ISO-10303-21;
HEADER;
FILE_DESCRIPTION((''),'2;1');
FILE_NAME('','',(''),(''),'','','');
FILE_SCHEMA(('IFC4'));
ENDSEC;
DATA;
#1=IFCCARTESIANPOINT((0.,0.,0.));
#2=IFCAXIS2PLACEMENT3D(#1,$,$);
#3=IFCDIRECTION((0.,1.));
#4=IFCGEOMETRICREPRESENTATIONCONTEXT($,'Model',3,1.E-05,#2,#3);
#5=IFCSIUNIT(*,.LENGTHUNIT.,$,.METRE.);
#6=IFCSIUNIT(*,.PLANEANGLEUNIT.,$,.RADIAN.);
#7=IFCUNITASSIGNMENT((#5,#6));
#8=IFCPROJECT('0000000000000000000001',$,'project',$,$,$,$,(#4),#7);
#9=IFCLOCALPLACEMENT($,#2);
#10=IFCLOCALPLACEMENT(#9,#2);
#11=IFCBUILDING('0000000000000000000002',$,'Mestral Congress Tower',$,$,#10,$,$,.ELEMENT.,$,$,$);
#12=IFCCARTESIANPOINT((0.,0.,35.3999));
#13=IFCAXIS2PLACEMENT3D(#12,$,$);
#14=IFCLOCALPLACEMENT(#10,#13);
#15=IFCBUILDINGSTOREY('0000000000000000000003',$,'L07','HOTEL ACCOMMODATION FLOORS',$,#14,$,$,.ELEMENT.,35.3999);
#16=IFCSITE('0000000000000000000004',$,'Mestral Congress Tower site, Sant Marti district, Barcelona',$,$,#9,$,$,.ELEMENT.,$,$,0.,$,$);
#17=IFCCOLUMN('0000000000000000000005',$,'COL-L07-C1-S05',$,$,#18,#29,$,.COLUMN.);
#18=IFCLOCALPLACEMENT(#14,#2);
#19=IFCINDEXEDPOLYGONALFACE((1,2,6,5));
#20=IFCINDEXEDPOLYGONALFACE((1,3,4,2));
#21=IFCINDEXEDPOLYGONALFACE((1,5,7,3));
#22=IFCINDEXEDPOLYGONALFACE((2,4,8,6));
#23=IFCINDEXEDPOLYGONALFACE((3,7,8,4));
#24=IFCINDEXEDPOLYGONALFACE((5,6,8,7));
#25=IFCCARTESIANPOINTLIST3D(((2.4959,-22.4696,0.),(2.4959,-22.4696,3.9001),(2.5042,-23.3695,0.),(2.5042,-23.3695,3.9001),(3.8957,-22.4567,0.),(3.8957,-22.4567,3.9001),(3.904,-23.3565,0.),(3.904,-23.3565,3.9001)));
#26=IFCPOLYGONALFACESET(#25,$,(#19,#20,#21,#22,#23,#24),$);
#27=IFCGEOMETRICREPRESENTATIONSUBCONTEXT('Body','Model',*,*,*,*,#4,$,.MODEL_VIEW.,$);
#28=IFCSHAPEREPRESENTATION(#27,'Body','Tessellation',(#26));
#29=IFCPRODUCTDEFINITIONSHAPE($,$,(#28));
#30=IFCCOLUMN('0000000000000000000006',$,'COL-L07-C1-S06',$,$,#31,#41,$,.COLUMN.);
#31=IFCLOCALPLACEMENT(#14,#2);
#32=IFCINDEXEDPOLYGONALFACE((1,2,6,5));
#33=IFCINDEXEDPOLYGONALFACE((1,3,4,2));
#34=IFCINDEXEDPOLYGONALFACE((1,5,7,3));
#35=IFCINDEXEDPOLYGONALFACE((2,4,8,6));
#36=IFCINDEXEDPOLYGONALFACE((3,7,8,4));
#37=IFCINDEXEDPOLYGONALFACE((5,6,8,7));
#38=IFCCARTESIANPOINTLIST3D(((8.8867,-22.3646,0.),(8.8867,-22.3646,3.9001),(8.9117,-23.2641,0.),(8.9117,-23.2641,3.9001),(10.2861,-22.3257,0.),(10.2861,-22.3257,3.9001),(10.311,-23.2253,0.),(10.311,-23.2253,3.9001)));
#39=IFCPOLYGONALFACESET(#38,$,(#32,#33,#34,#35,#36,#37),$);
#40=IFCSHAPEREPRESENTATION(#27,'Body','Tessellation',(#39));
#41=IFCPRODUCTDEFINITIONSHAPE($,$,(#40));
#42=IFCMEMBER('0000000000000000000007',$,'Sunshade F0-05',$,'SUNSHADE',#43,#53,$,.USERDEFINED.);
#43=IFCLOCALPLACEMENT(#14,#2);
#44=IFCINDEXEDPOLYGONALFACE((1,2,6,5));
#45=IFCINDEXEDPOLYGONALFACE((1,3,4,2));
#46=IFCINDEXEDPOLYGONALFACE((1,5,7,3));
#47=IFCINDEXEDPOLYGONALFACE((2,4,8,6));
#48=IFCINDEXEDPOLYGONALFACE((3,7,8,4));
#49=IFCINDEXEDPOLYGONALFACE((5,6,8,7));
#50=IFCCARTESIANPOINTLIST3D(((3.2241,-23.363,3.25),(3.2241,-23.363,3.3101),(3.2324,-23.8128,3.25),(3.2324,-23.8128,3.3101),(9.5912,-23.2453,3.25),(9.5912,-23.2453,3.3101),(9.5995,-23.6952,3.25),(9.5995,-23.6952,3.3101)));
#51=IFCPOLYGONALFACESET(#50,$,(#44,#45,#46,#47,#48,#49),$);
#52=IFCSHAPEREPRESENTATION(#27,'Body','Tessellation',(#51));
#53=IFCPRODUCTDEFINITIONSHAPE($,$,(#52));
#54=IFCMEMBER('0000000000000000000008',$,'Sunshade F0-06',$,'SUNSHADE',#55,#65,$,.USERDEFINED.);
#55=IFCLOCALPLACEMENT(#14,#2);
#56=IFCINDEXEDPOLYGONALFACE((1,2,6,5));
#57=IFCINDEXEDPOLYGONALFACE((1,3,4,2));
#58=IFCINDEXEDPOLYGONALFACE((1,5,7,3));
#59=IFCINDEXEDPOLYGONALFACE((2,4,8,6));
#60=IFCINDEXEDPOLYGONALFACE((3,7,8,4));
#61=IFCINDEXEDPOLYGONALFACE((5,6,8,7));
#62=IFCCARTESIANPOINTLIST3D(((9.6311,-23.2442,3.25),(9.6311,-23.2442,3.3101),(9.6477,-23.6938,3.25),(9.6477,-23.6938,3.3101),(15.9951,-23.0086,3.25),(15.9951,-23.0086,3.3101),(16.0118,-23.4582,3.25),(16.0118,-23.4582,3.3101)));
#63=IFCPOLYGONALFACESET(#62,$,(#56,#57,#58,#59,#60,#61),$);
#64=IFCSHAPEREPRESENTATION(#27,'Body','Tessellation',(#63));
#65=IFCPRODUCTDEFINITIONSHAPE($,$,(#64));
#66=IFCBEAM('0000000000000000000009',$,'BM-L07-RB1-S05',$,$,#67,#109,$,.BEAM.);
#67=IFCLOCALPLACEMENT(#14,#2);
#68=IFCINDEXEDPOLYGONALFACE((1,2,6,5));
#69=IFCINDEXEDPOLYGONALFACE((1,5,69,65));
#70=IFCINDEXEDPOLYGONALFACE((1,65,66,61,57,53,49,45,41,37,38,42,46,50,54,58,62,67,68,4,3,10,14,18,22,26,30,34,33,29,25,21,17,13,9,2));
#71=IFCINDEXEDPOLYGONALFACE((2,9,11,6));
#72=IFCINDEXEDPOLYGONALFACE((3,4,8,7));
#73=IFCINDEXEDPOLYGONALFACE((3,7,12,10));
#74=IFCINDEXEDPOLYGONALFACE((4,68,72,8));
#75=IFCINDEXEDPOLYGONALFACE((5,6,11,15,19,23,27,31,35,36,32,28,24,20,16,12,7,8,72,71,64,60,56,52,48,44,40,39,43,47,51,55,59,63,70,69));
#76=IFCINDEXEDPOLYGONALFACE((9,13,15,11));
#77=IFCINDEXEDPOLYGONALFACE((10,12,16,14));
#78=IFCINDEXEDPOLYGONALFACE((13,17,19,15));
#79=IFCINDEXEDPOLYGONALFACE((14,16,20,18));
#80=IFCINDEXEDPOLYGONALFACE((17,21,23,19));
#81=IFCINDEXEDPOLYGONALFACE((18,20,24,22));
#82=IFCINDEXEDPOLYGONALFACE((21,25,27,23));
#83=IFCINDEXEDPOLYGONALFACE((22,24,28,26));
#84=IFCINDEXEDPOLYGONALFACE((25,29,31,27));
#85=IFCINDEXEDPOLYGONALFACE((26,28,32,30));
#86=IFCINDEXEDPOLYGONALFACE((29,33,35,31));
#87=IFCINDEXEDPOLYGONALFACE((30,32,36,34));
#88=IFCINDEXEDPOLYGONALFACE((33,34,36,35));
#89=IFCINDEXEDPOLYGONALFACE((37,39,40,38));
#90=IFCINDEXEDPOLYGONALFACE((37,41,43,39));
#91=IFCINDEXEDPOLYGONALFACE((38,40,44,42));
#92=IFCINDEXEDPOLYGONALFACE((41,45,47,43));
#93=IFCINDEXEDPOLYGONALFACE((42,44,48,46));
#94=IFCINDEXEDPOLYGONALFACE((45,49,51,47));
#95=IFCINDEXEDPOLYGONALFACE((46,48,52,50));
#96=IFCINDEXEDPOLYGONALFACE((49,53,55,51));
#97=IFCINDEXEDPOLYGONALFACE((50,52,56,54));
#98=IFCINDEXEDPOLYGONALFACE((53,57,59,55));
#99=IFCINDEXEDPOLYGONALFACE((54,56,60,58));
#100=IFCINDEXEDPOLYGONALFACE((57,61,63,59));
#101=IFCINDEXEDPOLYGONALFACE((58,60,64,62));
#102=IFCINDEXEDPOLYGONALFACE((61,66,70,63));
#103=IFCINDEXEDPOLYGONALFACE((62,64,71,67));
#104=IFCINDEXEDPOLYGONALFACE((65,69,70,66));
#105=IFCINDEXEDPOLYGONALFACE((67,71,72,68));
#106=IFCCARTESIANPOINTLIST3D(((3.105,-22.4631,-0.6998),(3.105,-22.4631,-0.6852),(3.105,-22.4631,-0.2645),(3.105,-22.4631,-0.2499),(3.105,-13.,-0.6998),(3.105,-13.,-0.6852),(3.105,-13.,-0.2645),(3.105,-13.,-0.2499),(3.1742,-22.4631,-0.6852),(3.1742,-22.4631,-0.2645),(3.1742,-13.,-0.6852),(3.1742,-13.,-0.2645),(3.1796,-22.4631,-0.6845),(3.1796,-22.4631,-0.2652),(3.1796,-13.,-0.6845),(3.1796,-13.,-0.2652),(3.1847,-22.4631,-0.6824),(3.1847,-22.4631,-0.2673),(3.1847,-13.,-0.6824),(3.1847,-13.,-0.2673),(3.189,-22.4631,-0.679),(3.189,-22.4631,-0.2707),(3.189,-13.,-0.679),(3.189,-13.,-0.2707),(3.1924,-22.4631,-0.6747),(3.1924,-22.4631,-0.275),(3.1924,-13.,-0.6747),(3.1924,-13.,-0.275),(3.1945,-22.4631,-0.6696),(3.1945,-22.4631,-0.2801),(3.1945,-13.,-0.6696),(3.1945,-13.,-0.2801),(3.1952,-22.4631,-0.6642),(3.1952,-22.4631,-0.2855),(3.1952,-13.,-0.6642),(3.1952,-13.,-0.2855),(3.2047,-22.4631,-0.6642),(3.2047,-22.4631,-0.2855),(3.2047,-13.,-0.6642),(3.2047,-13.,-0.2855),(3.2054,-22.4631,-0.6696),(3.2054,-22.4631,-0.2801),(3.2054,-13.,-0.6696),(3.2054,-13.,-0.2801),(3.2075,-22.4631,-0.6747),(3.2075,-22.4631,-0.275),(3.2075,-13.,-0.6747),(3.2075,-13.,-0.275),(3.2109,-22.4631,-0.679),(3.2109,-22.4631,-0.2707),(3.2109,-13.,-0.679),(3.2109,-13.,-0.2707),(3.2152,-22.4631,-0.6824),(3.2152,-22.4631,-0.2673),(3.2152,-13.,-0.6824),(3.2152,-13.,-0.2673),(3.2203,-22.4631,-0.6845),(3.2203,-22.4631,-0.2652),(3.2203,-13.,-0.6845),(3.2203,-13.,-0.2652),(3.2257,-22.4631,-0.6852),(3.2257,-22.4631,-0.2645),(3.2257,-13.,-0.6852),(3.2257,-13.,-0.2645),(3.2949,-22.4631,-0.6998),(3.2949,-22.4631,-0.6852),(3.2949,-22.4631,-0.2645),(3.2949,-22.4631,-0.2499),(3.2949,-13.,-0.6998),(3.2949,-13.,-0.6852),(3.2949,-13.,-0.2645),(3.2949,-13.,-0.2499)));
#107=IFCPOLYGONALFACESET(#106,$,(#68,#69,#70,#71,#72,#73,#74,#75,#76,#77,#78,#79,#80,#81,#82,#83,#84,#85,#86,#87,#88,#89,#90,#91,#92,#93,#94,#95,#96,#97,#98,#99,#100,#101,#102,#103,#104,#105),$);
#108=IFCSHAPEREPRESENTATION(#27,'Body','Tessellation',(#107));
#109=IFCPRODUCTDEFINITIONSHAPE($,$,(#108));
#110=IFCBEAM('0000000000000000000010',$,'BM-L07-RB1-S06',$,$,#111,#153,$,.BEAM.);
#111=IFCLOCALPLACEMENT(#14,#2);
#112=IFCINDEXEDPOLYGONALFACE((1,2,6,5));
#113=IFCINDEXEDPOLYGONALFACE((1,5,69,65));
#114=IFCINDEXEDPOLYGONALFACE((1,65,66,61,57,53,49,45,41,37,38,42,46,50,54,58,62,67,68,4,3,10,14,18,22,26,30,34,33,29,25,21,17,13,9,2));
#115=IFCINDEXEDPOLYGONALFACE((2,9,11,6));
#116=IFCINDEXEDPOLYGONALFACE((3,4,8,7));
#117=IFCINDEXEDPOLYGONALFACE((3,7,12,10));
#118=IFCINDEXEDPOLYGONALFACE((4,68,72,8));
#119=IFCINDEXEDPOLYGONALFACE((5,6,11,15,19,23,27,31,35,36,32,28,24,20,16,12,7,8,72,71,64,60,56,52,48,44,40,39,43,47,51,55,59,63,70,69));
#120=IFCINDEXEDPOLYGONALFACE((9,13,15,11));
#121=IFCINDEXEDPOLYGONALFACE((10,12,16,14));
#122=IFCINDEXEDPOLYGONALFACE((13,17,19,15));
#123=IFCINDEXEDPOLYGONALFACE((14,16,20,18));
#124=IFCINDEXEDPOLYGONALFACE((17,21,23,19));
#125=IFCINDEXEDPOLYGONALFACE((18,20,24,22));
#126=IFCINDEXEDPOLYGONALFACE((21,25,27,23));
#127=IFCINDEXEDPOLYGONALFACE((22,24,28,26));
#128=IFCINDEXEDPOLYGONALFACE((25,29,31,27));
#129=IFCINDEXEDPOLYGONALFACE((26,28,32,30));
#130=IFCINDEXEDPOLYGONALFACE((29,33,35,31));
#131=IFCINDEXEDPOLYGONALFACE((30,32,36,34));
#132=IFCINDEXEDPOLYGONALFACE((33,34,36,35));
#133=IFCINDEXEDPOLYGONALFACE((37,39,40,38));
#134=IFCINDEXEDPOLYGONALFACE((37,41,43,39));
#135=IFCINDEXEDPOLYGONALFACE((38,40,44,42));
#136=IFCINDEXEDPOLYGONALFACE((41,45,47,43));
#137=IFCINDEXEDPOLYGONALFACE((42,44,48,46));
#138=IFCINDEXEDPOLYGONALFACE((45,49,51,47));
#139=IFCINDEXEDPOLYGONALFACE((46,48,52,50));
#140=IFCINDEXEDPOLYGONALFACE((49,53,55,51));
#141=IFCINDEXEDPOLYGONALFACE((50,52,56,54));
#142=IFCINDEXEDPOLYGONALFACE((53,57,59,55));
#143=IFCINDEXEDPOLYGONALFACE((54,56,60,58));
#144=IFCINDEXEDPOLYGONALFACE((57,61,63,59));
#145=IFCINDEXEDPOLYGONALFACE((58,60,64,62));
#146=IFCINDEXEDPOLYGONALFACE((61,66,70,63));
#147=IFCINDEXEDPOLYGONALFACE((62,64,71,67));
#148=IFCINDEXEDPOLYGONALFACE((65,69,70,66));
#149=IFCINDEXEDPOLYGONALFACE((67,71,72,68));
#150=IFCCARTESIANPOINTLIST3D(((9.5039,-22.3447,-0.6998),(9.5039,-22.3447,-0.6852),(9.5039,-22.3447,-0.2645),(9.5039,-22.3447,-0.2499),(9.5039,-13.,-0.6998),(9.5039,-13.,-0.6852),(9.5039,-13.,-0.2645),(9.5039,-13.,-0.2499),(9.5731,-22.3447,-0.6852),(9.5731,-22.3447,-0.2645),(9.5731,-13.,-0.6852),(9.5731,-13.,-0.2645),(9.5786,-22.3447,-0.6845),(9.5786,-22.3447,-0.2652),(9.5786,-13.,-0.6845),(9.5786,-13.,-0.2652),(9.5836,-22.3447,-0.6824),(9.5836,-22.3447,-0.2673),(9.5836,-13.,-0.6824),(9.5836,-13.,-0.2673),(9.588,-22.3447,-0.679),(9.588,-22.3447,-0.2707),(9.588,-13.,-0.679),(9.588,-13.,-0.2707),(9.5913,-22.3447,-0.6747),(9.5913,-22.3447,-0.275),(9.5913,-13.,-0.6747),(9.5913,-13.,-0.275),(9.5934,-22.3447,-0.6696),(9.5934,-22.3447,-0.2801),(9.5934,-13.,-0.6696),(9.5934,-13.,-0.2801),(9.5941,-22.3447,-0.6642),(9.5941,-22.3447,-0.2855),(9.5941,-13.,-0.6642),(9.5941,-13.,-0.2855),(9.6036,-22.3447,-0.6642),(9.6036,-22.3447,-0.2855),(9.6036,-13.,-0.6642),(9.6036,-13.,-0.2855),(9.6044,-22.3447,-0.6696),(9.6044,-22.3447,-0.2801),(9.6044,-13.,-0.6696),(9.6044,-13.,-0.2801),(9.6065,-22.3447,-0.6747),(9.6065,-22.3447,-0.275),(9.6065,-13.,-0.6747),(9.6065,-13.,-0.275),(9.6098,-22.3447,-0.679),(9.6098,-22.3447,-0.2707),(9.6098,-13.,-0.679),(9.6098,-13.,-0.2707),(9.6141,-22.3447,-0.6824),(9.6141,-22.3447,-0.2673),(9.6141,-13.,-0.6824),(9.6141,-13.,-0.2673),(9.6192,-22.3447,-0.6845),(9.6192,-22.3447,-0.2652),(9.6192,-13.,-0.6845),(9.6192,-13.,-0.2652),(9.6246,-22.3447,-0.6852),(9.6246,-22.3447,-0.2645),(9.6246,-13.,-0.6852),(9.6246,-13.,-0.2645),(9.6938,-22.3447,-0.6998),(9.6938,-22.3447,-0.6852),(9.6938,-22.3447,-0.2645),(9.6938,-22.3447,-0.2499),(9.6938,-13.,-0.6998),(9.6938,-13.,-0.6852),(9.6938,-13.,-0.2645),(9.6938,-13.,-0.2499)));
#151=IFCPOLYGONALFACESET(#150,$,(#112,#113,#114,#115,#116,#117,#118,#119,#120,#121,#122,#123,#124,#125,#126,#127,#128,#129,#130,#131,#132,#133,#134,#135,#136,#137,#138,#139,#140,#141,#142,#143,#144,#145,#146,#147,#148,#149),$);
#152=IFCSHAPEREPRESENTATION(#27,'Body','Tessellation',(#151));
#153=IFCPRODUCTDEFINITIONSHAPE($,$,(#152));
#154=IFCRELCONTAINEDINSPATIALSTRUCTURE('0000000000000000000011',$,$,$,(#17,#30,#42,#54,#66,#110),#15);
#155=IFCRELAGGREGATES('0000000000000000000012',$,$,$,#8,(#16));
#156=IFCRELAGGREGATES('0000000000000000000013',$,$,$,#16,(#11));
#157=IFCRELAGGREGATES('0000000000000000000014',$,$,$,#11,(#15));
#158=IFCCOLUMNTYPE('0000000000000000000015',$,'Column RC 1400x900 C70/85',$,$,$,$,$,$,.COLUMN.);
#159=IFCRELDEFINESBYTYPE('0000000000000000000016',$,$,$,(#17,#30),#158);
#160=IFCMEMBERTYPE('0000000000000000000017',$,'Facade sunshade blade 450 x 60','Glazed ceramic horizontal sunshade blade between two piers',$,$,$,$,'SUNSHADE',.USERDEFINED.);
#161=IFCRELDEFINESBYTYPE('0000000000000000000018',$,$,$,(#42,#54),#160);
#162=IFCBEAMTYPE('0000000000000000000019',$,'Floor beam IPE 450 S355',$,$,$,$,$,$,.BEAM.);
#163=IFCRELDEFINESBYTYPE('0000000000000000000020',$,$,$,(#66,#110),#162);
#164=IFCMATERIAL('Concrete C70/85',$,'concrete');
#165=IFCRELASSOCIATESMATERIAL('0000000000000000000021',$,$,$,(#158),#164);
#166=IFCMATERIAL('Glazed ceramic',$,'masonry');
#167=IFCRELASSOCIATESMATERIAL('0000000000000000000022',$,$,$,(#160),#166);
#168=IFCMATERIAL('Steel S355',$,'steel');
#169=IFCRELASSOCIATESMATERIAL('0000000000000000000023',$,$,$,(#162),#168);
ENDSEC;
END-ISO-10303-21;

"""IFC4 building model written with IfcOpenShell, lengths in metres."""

from ifc_helpers import new_model, si_unit, direction, frame, origin, origin_2d, place, context, subcontext, project, spatial, rectangle, i_section, extrude, material, material_profile, profile_set, type_object, element, save


model = new_model("IFC4")

# Units and contexts
model_context = context("Model", 3, precision=1e-05, world=origin(), true_north=direction((0.0, 1.0)))
body_context = subcontext(model_context, "Body", "Model", "MODEL_VIEW")
ifc_project = project(units=[si_unit("LENGTHUNIT", "METRE"), si_unit("PLANEANGLEUNIT", "RADIAN")], contexts=[model_context])

# Site, building, storey
site_placement = place(None, origin())
site = spatial("IfcSite", under=ifc_project, at=site_placement, Name="Mestral Congress Tower site, Sant Marti district, Barcelona", CompositionType="ELEMENT", RefElevation=0.0)
building_placement = place(site_placement, origin())
building = spatial("IfcBuilding", under=site, at=building_placement, Name="Mestral Congress Tower", CompositionType="ELEMENT")
storey_placement = place(building_placement, frame((0.0, 0.0, 35.3999)))
storey = spatial("IfcBuildingStorey", under=building, at=storey_placement, Name="L07", Description="HOTEL ACCOMMODATION FLOORS", CompositionType="ELEMENT", Elevation=35.3999)

# Columns
ifc_material_1 = material(Name="Concrete C70/85", Category="concrete")
ifc_material_profile_1 = material_profile(ifc_material_1, rectangle(XDim=1.3999, YDim=0.8999, at=origin_2d()), Name="RC 1400x900")
ifc_profile_set_1 = profile_set([ifc_material_profile_1], Name="Concrete C70/85")
column_type = type_object("IfcColumnType", Name="Column RC 1400x900 C70/85", PredefinedType="COLUMN", material=ifc_profile_set_1)
for number, where, z_axis, x_axis, name in (
    (1, (3.2, -22.9131, 0.0), (0.0, 0.0, 1.0), (0.999957, 0.009243, 0.0), "COL-L07-C1-S05"),
    (2, (9.5989, -22.7949, 0.0), (0.0, 0.0, 1.0), (0.999616, 0.027726, 0.0), "COL-L07-C1-S06"),
):
    element("IfcColumn", number, at=place(storey_placement, frame(where, z_axis=z_axis, x_axis=x_axis)), inside=storey, type_object=column_type, Name=name, PredefinedType="COLUMN", context=body_context, shape_type="SweptSolid", body=[
        extrude(rectangle(XDim=1.3999, YDim=0.8999, at=origin_2d()), origin(), (0.0, 0.0, 1.0), 3.9001),
    ])

# Members
ifc_material_2 = material(Name="Glazed ceramic", Category="masonry")
ifc_material_profile_2 = material_profile(ifc_material_2, rectangle(XDim=0.45, YDim=0.0601, at=origin_2d()), Name="Ceramic blade 450 x 60")
ifc_profile_set_2 = profile_set([ifc_material_profile_2], Name="Glazed ceramic")
member_type = type_object("IfcMemberType", Name="Facade sunshade blade 450 x 60", Description="Glazed ceramic horizontal sunshade blade between two piers", ElementType="SUNSHADE", PredefinedType="USERDEFINED", material=ifc_profile_set_2)
member_1_placement = place(storey_placement, frame((3.2283, -23.5879, 3.28), z_axis=(0.999829, 0.018478, 0.0), x_axis=(-0.018478, 0.999829, 0.0)))
element("IfcMember", 3, at=member_1_placement, inside=storey, type_object=member_type, Name="Sunshade F0-05", ObjectType="SUNSHADE", PredefinedType="USERDEFINED", context=body_context, shape_type="SweptSolid", body=[
    extrude(rectangle(XDim=0.45, YDim=0.0601, at=origin_2d()), origin(), (0.0, 0.0, 1.0), 6.3682),
])
member_2_placement = place(storey_placement, frame((9.6394, -23.469, 3.28), z_axis=(0.999315, 0.036995, 0.0), x_axis=(-0.036995, 0.999315, 0.0)))
element("IfcMember", 4, at=member_2_placement, inside=storey, type_object=member_type, Name="Sunshade F0-06", ObjectType="SUNSHADE", PredefinedType="USERDEFINED", context=body_context, shape_type="SweptSolid", body=[
    extrude(rectangle(XDim=0.45, YDim=0.0601, at=origin_2d()), origin(), (0.0, 0.0, 1.0), 6.3684),
])

# Beams
ifc_material_3 = material(Name="Steel S355", Category="steel")
ifc_material_profile_3 = material_profile(ifc_material_3, i_section(OverallWidth=0.1899, OverallDepth=0.45, WebThickness=0.0095, FlangeThickness=0.0146, FilletRadius=0.021, at=origin_2d()), Name="IPE 450")
ifc_profile_set_3 = profile_set([ifc_material_profile_3], Name="Steel S355")
beam_type_1 = type_object("IfcBeamType", Name="Floor beam IPE 450 S355", PredefinedType="BEAM", material=ifc_profile_set_3)
beam_1_placement = place(storey_placement, frame((3.2, -22.4631, -0.4749), z_axis=(0.0, 1.0, 0.0), x_axis=(-1.0, 0.0, 0.0)))
element("IfcBeam", 5, at=beam_1_placement, inside=storey, type_object=beam_type_1, Name="BM-L07-RB1-S05", PredefinedType="BEAM", context=body_context, shape_type="SweptSolid", body=[
    extrude(i_section(OverallWidth=0.1899, OverallDepth=0.45, WebThickness=0.0095, FlangeThickness=0.0146, FilletRadius=0.021, at=origin_2d()), origin(), (0.0, 0.0, 1.0), 9.4631),
])
beam_2_placement = place(storey_placement, frame((9.5989, -22.3447, -0.4749), z_axis=(0.0, 1.0, 0.0), x_axis=(-1.0, 0.0, 0.0)))
element("IfcBeam", 6, at=beam_2_placement, inside=storey, type_object=beam_type_1, Name="BM-L07-RB1-S06", PredefinedType="BEAM", context=body_context, shape_type="SweptSolid", body=[
    extrude(i_section(OverallWidth=0.1899, OverallDepth=0.45, WebThickness=0.0095, FlangeThickness=0.0146, FilletRadius=0.021, at=origin_2d()), origin(), (0.0, 0.0, 1.0), 9.3447),
])

save(model, "model.ifc")
